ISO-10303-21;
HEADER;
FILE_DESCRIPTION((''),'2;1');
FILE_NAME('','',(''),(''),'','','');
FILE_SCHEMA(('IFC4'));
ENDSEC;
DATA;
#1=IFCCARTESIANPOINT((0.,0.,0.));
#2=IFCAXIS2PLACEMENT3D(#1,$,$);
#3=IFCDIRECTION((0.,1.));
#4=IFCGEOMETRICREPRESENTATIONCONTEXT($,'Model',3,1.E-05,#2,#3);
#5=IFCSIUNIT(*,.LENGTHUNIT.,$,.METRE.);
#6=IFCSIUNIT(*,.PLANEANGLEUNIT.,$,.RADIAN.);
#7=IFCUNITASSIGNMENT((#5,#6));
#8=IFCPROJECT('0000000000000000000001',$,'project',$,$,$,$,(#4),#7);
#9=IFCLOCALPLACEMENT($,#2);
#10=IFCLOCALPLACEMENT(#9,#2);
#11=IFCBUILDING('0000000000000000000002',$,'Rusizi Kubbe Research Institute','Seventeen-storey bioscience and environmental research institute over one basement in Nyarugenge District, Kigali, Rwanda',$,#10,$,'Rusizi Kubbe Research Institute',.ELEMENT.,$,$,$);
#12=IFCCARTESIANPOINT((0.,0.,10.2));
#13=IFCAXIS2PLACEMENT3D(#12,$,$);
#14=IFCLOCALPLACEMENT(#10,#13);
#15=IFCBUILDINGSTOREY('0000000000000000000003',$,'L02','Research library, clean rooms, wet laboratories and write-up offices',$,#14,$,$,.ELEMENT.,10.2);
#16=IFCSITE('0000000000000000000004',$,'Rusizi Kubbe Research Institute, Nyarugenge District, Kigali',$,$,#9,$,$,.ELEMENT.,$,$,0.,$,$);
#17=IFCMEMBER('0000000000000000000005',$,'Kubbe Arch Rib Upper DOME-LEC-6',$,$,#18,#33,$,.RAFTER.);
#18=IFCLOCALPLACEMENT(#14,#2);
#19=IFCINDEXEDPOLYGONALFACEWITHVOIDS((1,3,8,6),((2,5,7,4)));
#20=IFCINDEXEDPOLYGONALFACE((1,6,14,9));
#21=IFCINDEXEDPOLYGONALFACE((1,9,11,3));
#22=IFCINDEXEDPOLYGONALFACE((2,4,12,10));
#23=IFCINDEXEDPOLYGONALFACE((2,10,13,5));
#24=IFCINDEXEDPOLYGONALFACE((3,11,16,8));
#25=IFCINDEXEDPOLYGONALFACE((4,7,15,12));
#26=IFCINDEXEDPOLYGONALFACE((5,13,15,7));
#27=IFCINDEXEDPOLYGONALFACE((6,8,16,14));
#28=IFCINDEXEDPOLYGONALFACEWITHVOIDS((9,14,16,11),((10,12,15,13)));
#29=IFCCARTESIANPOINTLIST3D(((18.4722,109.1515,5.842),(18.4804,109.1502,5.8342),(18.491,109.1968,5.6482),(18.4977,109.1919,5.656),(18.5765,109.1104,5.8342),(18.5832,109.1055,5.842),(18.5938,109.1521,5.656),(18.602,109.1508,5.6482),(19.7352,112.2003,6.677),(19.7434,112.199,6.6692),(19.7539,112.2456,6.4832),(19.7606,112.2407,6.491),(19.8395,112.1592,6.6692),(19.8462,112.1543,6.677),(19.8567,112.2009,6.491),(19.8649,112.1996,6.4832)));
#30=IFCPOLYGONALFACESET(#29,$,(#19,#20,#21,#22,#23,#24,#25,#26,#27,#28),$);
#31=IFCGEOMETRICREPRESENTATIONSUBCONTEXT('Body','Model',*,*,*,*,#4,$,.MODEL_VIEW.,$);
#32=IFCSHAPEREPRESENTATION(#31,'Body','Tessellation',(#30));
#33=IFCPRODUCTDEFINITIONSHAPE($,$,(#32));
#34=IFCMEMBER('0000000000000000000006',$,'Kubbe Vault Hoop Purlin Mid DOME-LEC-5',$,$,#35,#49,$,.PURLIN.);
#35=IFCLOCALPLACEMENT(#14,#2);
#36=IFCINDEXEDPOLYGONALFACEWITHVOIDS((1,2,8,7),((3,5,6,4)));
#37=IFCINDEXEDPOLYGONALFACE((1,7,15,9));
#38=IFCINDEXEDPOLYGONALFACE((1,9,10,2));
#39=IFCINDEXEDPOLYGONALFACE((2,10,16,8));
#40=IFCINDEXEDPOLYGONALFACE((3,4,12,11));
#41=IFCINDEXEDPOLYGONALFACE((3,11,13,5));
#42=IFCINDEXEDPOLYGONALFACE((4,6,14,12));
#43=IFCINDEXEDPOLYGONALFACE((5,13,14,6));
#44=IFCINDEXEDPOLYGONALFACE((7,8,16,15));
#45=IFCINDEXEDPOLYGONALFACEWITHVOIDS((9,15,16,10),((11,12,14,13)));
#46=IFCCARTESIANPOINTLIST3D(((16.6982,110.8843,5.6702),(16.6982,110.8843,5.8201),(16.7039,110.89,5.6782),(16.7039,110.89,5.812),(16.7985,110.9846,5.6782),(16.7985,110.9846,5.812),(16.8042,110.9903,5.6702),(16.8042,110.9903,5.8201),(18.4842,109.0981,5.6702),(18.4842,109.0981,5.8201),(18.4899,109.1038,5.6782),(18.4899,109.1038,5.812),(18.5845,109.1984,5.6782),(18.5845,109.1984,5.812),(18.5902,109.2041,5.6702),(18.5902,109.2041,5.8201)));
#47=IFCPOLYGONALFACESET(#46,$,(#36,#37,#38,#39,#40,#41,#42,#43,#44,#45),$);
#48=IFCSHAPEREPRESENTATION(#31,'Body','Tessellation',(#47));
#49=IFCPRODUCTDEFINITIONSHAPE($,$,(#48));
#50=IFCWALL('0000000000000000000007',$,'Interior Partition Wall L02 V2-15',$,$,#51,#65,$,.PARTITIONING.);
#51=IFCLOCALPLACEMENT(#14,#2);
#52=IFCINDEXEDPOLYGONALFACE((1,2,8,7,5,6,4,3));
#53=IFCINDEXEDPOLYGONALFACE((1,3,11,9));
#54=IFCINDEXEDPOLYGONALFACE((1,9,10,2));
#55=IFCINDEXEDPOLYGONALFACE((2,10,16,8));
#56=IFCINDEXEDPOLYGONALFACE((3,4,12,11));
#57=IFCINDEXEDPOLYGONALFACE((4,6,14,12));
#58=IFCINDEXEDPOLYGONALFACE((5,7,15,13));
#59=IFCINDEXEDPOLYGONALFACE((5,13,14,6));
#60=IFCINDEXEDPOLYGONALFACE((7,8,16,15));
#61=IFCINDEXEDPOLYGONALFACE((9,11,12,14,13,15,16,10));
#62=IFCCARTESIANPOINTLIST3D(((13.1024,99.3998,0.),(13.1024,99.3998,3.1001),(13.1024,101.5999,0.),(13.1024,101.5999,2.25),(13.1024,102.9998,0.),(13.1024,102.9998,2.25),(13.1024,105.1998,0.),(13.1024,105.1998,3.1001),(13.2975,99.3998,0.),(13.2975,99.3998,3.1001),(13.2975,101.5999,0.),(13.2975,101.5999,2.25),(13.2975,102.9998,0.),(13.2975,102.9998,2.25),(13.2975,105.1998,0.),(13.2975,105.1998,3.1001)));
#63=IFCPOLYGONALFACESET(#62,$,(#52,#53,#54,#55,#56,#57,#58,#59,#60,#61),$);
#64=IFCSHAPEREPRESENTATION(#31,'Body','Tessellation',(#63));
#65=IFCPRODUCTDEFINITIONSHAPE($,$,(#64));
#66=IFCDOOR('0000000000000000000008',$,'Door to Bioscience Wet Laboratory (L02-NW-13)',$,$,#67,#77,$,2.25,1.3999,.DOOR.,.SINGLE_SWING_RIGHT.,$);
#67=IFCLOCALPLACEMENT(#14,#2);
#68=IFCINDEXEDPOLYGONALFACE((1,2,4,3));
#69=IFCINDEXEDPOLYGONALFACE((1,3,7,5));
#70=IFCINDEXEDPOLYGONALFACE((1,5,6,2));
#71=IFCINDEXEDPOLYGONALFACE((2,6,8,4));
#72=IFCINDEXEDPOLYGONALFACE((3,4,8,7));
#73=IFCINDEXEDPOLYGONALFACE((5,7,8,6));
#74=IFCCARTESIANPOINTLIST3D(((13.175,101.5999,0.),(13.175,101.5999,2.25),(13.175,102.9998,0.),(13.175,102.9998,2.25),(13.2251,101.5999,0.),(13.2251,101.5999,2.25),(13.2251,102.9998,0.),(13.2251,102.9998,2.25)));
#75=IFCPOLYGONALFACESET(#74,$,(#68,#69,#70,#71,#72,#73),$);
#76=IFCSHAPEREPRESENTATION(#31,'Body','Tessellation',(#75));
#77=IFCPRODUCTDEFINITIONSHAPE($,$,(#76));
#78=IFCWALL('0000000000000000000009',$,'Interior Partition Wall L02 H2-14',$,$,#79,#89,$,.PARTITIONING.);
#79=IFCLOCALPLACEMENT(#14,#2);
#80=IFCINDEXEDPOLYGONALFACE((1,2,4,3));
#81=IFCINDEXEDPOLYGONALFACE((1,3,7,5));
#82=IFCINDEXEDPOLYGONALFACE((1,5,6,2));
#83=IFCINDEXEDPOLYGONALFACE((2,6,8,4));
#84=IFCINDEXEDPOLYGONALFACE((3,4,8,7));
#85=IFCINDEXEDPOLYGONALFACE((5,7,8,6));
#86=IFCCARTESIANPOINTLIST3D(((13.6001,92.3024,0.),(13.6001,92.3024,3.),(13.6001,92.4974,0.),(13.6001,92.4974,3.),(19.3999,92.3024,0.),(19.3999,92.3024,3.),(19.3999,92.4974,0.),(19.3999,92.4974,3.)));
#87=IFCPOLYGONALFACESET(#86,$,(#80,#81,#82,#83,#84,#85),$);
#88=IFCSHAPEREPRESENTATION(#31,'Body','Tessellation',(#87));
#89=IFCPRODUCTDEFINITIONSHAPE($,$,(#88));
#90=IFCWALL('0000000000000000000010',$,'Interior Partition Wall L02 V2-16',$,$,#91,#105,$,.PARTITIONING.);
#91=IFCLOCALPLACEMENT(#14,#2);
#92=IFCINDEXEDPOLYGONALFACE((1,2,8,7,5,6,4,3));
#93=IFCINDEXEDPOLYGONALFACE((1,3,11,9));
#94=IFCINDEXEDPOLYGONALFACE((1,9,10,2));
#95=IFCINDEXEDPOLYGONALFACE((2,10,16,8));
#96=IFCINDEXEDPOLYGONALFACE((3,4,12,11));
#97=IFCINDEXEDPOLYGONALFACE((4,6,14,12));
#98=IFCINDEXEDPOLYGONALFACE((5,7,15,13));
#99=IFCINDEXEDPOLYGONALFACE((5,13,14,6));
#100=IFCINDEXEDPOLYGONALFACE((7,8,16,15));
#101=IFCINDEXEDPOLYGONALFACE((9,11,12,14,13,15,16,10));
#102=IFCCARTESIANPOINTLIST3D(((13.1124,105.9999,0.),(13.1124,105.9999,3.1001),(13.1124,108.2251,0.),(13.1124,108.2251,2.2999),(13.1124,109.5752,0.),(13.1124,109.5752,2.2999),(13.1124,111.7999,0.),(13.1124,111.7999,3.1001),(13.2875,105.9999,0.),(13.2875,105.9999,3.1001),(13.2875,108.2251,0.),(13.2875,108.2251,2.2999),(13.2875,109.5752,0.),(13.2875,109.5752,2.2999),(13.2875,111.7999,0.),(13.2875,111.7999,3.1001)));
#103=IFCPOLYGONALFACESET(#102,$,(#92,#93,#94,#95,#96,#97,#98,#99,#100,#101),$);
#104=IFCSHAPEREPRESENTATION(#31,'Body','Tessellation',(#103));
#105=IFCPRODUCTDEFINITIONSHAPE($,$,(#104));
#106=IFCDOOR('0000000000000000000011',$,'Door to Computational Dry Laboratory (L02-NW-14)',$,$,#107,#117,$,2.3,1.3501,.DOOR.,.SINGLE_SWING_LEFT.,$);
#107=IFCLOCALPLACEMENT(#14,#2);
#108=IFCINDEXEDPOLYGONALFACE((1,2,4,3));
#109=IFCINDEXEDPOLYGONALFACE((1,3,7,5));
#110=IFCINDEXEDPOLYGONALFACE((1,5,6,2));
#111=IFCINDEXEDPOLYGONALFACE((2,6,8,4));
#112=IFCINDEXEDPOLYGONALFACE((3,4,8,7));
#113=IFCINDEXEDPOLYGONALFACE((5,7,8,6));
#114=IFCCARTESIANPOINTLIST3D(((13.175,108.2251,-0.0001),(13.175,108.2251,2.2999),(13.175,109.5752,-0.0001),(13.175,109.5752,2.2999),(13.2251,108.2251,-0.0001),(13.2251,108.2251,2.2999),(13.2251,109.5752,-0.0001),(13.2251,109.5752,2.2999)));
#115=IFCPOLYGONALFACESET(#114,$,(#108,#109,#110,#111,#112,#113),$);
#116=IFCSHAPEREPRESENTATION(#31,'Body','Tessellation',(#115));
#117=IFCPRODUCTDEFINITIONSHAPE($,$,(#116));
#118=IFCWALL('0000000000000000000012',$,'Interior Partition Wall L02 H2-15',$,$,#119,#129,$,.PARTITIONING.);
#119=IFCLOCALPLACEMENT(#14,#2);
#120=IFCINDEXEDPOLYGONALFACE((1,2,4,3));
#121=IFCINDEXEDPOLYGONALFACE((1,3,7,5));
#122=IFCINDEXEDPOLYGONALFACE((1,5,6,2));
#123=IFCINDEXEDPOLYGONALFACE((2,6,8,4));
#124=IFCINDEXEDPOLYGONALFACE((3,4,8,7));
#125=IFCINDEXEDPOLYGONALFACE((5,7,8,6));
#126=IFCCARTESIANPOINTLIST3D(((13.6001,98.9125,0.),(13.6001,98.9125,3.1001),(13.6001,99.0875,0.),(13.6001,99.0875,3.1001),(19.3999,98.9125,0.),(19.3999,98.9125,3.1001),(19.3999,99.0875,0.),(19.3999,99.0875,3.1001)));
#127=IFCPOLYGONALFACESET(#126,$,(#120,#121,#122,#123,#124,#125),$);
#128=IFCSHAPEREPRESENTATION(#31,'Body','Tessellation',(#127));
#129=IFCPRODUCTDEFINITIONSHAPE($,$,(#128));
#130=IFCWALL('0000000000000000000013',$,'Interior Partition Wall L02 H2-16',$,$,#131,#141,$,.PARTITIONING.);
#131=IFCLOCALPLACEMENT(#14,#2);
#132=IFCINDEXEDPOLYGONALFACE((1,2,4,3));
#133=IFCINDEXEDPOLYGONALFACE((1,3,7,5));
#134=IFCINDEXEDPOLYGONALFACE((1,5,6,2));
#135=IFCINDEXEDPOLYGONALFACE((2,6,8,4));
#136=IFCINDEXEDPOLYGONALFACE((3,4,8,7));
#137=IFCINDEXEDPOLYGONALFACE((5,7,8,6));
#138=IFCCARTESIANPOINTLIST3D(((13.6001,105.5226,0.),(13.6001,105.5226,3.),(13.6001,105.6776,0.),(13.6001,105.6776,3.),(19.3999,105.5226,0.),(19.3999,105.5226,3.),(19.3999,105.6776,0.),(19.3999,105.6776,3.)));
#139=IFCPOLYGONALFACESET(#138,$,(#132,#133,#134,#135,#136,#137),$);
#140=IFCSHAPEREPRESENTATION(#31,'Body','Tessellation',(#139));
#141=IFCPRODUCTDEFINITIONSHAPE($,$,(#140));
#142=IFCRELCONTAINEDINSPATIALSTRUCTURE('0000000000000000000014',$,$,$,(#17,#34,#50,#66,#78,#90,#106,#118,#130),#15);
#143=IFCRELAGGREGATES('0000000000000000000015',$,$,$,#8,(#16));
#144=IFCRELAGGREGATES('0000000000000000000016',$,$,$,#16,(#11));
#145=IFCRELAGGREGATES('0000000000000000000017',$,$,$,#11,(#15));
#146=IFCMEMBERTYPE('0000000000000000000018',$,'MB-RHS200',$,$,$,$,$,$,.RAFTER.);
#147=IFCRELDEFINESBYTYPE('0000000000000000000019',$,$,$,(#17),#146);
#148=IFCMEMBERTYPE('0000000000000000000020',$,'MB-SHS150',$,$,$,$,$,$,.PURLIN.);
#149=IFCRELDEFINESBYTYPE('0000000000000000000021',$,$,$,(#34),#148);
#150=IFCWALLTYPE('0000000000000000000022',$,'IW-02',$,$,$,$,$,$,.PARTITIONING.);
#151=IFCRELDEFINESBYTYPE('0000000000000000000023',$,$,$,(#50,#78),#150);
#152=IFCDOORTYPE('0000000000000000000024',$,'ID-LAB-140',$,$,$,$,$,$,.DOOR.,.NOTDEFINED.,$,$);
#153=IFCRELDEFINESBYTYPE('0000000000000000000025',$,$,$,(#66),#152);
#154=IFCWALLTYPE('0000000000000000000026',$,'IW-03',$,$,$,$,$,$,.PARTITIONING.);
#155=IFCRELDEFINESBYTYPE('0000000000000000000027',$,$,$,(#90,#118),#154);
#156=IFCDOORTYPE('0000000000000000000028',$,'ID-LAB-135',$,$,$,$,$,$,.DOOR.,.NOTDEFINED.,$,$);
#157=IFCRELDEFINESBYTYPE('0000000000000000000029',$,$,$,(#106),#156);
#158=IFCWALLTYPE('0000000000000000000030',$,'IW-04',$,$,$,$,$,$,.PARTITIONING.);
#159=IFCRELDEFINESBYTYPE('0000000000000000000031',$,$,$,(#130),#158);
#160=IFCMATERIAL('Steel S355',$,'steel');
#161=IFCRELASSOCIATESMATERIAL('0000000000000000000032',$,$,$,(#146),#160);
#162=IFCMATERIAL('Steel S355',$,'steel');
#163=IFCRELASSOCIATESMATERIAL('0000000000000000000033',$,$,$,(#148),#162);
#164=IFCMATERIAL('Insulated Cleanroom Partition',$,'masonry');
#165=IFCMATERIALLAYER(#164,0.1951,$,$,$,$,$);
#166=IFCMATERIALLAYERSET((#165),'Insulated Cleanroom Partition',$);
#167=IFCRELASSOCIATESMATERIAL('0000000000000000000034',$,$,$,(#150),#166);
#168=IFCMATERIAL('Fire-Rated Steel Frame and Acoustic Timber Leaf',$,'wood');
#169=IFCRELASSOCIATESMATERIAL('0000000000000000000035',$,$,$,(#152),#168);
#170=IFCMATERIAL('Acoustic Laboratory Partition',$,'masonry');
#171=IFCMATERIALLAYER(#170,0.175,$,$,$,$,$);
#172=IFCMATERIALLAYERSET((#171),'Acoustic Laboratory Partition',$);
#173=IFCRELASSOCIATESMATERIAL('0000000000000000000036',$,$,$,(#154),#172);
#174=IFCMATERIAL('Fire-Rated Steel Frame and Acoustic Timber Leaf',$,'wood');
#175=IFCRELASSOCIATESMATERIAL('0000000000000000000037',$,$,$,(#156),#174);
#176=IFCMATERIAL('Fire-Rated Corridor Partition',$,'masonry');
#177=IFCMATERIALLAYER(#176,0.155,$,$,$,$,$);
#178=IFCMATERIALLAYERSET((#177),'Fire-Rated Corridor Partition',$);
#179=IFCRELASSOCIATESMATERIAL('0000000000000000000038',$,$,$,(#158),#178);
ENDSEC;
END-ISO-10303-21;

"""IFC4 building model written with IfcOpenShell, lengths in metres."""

from ifc_helpers import new_model, si_unit, direction, frame, frame_2d, origin, origin_2d, place, context, subcontext, project, spatial, rectangle, hollow_rectangle, extrude, material, layer, layer_set, material_profile, profile_set, type_object, element, fill, save


model = new_model("IFC4")

# Units and contexts
model_context = context("Model", 3, precision=1e-05, world=origin(), true_north=direction((0.0, 1.0)))
body_context = subcontext(model_context, "Body", "Model", "MODEL_VIEW")
ifc_project = project(units=[si_unit("LENGTHUNIT", "METRE"), si_unit("PLANEANGLEUNIT", "RADIAN")], contexts=[model_context])

# Site, building, storey
site_placement = place(None, origin())
site = spatial("IfcSite", under=ifc_project, at=site_placement, Name="Rusizi Kubbe Research Institute, Nyarugenge District, Kigali", CompositionType="ELEMENT", RefElevation=0.0)
building_placement = place(site_placement, origin())
building = spatial("IfcBuilding", under=site, at=building_placement, Name="Rusizi Kubbe Research Institute", Description="Seventeen-storey bioscience and environmental research institute over one basement in Nyarugenge District, Kigali, Rwanda", LongName="Rusizi Kubbe Research Institute", CompositionType="ELEMENT")
storey_placement = place(building_placement, frame((0.0, 0.0, 10.2)))
storey = spatial("IfcBuildingStorey", under=building, at=storey_placement, Name="L02", Description="Research library, clean rooms, wet laboratories and write-up offices", CompositionType="ELEMENT", Elevation=10.2)

# Members
ifc_material_1 = material(Name="Steel S355", Category="steel")
ifc_material_profile_1 = material_profile(ifc_material_1, hollow_rectangle(XDim=0.1201, YDim=0.2, WallThickness=0.0081, at=origin_2d()), Name="RHS 200x120x8.0")
ifc_profile_set_1 = profile_set([ifc_material_profile_1], Name="Steel S355")
member_type_1 = type_object("IfcMemberType", Name="MB-RHS200", PredefinedType="RAFTER", material=ifc_profile_set_1)
member_1_placement = place(storey_placement, frame((18.5371, 109.1511, 5.7451), z_axis=(0.371011, 0.895648, 0.245285), x_axis=(-0.923872, 0.382702, 0.0)))
element("IfcMember", 1, at=member_1_placement, inside=storey, type_object=member_type_1, Name="Kubbe Arch Rib Upper DOME-LEC-6", PredefinedType="RAFTER", context=body_context, shape_type="SweptSolid", body=[
    extrude(hollow_rectangle(XDim=0.1201, YDim=0.2, WallThickness=0.0081, at=origin_2d()), origin(), (0.0, 0.0, 1.0), 3.4041),
])
ifc_material_2 = material(Name="Steel S355", Category="steel")
ifc_material_profile_2 = material_profile(ifc_material_2, hollow_rectangle(XDim=0.1499, YDim=0.1499, WallThickness=0.0081, at=origin_2d()), Name="SHS 150x150x8.0")
ifc_profile_set_2 = profile_set([ifc_material_profile_2], Name="Steel S355")
member_type_2 = type_object("IfcMemberType", Name="MB-SHS150", PredefinedType="PURLIN", material=ifc_profile_set_2)
member_2_placement = place(storey_placement, frame((16.7512, 110.9373, 5.7451), z_axis=(0.707058, -0.707155, 0.0), x_axis=(0.707155, 0.707058, 0.0)))
element("IfcMember", 2, at=member_2_placement, inside=storey, type_object=member_type_2, Name="Kubbe Vault Hoop Purlin Mid DOME-LEC-5", PredefinedType="PURLIN", context=body_context, shape_type="SweptSolid", body=[
    extrude(hollow_rectangle(XDim=0.1499, YDim=0.1499, WallThickness=0.0081, at=origin_2d()), origin(), (0.0, 0.0, 1.0), 2.5259),
])

# Wall, opening, door
ifc_material_3 = material(Name="Insulated Cleanroom Partition", Category="masonry")
ifc_layer_1 = layer(ifc_material_3, 0.1951)
ifc_layer_set_1 = layer_set([ifc_layer_1], Name="Insulated Cleanroom Partition")
wall_type_1 = type_object("IfcWallType", Name="IW-02", PredefinedType="PARTITIONING", material=ifc_layer_set_1)
wall_1_placement = place(storey_placement, frame((13.2, 99.3999, 0.0), z_axis=(0.0, 0.0, 1.0), x_axis=(0.0, 1.0, 0.0)))
wall_1 = element("IfcWall", 3, at=wall_1_placement, inside=storey, type_object=wall_type_1, Name="Interior Partition Wall L02 V2-15", PredefinedType="PARTITIONING", context=body_context, shape_type="SweptSolid", body=[
    extrude(rectangle(XDim=5.8, YDim=0.1951, at=frame_2d((2.8999, 0.0))), origin(), (0.0, 0.0, 1.0), 3.1001),
])
opening_1_placement = place(wall_1_placement, frame((2.2, 0.0, 0.0)))
opening_1 = element("IfcOpeningElement", 4, at=opening_1_placement, cuts=wall_1, PredefinedType="OPENING", context=body_context, shape_type="SweptSolid", body=[
    extrude(rectangle(XDim=1.3999, YDim=2.25, at=frame_2d((0.7, 1.125))), frame((0.0, 0.1074, 0.0), z_axis=(0.0, -1.0, 0.0), x_axis=(1.0, 0.0, 0.0)), (0.0, 0.0, 1.0), 0.2151),
])
ifc_material_4 = material(Name="Fire-Rated Steel Frame and Acoustic Timber Leaf", Category="wood")
door_type_1 = type_object("IfcDoorType", Name="ID-LAB-140", OperationType="NOTDEFINED", PredefinedType="DOOR", material=ifc_material_4)
door_1_placement = place(opening_1_placement, origin())
door_1 = element("IfcDoor", 5, at=door_1_placement, inside=storey, type_object=door_type_1, Name="Door to Bioscience Wet Laboratory (L02-NW-13)", OperationType="SINGLE_SWING_RIGHT", OverallHeight=2.25, OverallWidth=1.3999, PredefinedType="DOOR", context=body_context, shape_type="SweptSolid", body=[
    extrude(rectangle(XDim=1.3999, YDim=2.25, at=frame_2d((0.7, 1.125))), frame((0.0, 0.0249, 0.0), z_axis=(0.0, -1.0, 0.0), x_axis=(1.0, 0.0, 0.0)), (0.0, 0.0, 1.0), 0.05),
])
fill(opening_1, door_1)

# Wall
wall_2_placement = place(storey_placement, frame((13.6001, 92.3999, 0.0), z_axis=(0.0, 0.0, 1.0), x_axis=(1.0, 0.0, 0.0)))
element("IfcWall", 6, at=wall_2_placement, inside=storey, type_object=wall_type_1, Name="Interior Partition Wall L02 H2-14", PredefinedType="PARTITIONING", context=body_context, shape_type="SweptSolid", body=[
    extrude(rectangle(XDim=5.7998, YDim=0.1951, at=frame_2d((2.8999, 0.0))), origin(), (0.0, 0.0, 1.0), 3.0),
])

# Wall, opening, door
ifc_material_5 = material(Name="Acoustic Laboratory Partition", Category="masonry")
ifc_layer_2 = layer(ifc_material_5, 0.175)
ifc_layer_set_2 = layer_set([ifc_layer_2], Name="Acoustic Laboratory Partition")
wall_type_2 = type_object("IfcWallType", Name="IW-03", PredefinedType="PARTITIONING", material=ifc_layer_set_2)
wall_3_placement = place(storey_placement, frame((13.2, 106.0, 0.0), z_axis=(0.0, 0.0, 1.0), x_axis=(0.0, 1.0, 0.0)))
wall_3 = element("IfcWall", 7, at=wall_3_placement, inside=storey, type_object=wall_type_2, Name="Interior Partition Wall L02 V2-16", PredefinedType="PARTITIONING", context=body_context, shape_type="SweptSolid", body=[
    extrude(rectangle(XDim=5.8, YDim=0.175, at=frame_2d((2.8999, 0.0))), origin(), (0.0, 0.0, 1.0), 3.1001),
])
opening_2_placement = place(wall_3_placement, frame((2.2251, 0.0, 0.0)))
opening_2 = element("IfcOpeningElement", 8, at=opening_2_placement, cuts=wall_3, PredefinedType="OPENING", context=body_context, shape_type="SweptSolid", body=[
    extrude(rectangle(XDim=1.3501, YDim=2.3, at=frame_2d((0.675, 1.1499))), frame((0.0, 0.0974, 0.0), z_axis=(0.0, -1.0, 0.0), x_axis=(1.0, 0.0, 0.0)), (0.0, 0.0, 1.0), 0.1951),
])
ifc_material_6 = material(Name="Fire-Rated Steel Frame and Acoustic Timber Leaf", Category="wood")
door_type_2 = type_object("IfcDoorType", Name="ID-LAB-135", OperationType="NOTDEFINED", PredefinedType="DOOR", material=ifc_material_6)
door_2_placement = place(opening_2_placement, origin())
door_2 = element("IfcDoor", 9, at=door_2_placement, inside=storey, type_object=door_type_2, Name="Door to Computational Dry Laboratory (L02-NW-14)", OperationType="SINGLE_SWING_LEFT", OverallHeight=2.3, OverallWidth=1.3501, PredefinedType="DOOR", context=body_context, shape_type="SweptSolid", body=[
    extrude(rectangle(XDim=1.3501, YDim=2.3, at=frame_2d((0.675, 1.1499))), frame((0.0, 0.0249, 0.0), z_axis=(0.0, -1.0, 0.0), x_axis=(1.0, 0.0, 0.0)), (0.0, 0.0, 1.0), 0.05),
])
fill(opening_2, door_2)

# Walls
wall_4_placement = place(storey_placement, frame((13.6001, 99.0, 0.0), z_axis=(0.0, 0.0, 1.0), x_axis=(1.0, 0.0, 0.0)))
element("IfcWall", 10, at=wall_4_placement, inside=storey, type_object=wall_type_2, Name="Interior Partition Wall L02 H2-15", PredefinedType="PARTITIONING", context=body_context, shape_type="SweptSolid", body=[
    extrude(rectangle(XDim=5.7998, YDim=0.175, at=frame_2d((2.8999, 0.0))), origin(), (0.0, 0.0, 1.0), 3.1001),
])
ifc_material_7 = material(Name="Fire-Rated Corridor Partition", Category="masonry")
ifc_layer_3 = layer(ifc_material_7, 0.155)
ifc_layer_set_3 = layer_set([ifc_layer_3], Name="Fire-Rated Corridor Partition")
wall_type_3 = type_object("IfcWallType", Name="IW-04", PredefinedType="PARTITIONING", material=ifc_layer_set_3)
wall_5_placement = place(storey_placement, frame((13.6001, 105.6001, 0.0), z_axis=(0.0, 0.0, 1.0), x_axis=(1.0, 0.0, 0.0)))
element("IfcWall", 11, at=wall_5_placement, inside=storey, type_object=wall_type_3, Name="Interior Partition Wall L02 H2-16", PredefinedType="PARTITIONING", context=body_context, shape_type="SweptSolid", body=[
    extrude(rectangle(XDim=5.7998, YDim=0.155, at=frame_2d((2.8999, 0.0))), origin(), (0.0, 0.0, 1.0), 3.0),
])

save(model, "model.ifc")
